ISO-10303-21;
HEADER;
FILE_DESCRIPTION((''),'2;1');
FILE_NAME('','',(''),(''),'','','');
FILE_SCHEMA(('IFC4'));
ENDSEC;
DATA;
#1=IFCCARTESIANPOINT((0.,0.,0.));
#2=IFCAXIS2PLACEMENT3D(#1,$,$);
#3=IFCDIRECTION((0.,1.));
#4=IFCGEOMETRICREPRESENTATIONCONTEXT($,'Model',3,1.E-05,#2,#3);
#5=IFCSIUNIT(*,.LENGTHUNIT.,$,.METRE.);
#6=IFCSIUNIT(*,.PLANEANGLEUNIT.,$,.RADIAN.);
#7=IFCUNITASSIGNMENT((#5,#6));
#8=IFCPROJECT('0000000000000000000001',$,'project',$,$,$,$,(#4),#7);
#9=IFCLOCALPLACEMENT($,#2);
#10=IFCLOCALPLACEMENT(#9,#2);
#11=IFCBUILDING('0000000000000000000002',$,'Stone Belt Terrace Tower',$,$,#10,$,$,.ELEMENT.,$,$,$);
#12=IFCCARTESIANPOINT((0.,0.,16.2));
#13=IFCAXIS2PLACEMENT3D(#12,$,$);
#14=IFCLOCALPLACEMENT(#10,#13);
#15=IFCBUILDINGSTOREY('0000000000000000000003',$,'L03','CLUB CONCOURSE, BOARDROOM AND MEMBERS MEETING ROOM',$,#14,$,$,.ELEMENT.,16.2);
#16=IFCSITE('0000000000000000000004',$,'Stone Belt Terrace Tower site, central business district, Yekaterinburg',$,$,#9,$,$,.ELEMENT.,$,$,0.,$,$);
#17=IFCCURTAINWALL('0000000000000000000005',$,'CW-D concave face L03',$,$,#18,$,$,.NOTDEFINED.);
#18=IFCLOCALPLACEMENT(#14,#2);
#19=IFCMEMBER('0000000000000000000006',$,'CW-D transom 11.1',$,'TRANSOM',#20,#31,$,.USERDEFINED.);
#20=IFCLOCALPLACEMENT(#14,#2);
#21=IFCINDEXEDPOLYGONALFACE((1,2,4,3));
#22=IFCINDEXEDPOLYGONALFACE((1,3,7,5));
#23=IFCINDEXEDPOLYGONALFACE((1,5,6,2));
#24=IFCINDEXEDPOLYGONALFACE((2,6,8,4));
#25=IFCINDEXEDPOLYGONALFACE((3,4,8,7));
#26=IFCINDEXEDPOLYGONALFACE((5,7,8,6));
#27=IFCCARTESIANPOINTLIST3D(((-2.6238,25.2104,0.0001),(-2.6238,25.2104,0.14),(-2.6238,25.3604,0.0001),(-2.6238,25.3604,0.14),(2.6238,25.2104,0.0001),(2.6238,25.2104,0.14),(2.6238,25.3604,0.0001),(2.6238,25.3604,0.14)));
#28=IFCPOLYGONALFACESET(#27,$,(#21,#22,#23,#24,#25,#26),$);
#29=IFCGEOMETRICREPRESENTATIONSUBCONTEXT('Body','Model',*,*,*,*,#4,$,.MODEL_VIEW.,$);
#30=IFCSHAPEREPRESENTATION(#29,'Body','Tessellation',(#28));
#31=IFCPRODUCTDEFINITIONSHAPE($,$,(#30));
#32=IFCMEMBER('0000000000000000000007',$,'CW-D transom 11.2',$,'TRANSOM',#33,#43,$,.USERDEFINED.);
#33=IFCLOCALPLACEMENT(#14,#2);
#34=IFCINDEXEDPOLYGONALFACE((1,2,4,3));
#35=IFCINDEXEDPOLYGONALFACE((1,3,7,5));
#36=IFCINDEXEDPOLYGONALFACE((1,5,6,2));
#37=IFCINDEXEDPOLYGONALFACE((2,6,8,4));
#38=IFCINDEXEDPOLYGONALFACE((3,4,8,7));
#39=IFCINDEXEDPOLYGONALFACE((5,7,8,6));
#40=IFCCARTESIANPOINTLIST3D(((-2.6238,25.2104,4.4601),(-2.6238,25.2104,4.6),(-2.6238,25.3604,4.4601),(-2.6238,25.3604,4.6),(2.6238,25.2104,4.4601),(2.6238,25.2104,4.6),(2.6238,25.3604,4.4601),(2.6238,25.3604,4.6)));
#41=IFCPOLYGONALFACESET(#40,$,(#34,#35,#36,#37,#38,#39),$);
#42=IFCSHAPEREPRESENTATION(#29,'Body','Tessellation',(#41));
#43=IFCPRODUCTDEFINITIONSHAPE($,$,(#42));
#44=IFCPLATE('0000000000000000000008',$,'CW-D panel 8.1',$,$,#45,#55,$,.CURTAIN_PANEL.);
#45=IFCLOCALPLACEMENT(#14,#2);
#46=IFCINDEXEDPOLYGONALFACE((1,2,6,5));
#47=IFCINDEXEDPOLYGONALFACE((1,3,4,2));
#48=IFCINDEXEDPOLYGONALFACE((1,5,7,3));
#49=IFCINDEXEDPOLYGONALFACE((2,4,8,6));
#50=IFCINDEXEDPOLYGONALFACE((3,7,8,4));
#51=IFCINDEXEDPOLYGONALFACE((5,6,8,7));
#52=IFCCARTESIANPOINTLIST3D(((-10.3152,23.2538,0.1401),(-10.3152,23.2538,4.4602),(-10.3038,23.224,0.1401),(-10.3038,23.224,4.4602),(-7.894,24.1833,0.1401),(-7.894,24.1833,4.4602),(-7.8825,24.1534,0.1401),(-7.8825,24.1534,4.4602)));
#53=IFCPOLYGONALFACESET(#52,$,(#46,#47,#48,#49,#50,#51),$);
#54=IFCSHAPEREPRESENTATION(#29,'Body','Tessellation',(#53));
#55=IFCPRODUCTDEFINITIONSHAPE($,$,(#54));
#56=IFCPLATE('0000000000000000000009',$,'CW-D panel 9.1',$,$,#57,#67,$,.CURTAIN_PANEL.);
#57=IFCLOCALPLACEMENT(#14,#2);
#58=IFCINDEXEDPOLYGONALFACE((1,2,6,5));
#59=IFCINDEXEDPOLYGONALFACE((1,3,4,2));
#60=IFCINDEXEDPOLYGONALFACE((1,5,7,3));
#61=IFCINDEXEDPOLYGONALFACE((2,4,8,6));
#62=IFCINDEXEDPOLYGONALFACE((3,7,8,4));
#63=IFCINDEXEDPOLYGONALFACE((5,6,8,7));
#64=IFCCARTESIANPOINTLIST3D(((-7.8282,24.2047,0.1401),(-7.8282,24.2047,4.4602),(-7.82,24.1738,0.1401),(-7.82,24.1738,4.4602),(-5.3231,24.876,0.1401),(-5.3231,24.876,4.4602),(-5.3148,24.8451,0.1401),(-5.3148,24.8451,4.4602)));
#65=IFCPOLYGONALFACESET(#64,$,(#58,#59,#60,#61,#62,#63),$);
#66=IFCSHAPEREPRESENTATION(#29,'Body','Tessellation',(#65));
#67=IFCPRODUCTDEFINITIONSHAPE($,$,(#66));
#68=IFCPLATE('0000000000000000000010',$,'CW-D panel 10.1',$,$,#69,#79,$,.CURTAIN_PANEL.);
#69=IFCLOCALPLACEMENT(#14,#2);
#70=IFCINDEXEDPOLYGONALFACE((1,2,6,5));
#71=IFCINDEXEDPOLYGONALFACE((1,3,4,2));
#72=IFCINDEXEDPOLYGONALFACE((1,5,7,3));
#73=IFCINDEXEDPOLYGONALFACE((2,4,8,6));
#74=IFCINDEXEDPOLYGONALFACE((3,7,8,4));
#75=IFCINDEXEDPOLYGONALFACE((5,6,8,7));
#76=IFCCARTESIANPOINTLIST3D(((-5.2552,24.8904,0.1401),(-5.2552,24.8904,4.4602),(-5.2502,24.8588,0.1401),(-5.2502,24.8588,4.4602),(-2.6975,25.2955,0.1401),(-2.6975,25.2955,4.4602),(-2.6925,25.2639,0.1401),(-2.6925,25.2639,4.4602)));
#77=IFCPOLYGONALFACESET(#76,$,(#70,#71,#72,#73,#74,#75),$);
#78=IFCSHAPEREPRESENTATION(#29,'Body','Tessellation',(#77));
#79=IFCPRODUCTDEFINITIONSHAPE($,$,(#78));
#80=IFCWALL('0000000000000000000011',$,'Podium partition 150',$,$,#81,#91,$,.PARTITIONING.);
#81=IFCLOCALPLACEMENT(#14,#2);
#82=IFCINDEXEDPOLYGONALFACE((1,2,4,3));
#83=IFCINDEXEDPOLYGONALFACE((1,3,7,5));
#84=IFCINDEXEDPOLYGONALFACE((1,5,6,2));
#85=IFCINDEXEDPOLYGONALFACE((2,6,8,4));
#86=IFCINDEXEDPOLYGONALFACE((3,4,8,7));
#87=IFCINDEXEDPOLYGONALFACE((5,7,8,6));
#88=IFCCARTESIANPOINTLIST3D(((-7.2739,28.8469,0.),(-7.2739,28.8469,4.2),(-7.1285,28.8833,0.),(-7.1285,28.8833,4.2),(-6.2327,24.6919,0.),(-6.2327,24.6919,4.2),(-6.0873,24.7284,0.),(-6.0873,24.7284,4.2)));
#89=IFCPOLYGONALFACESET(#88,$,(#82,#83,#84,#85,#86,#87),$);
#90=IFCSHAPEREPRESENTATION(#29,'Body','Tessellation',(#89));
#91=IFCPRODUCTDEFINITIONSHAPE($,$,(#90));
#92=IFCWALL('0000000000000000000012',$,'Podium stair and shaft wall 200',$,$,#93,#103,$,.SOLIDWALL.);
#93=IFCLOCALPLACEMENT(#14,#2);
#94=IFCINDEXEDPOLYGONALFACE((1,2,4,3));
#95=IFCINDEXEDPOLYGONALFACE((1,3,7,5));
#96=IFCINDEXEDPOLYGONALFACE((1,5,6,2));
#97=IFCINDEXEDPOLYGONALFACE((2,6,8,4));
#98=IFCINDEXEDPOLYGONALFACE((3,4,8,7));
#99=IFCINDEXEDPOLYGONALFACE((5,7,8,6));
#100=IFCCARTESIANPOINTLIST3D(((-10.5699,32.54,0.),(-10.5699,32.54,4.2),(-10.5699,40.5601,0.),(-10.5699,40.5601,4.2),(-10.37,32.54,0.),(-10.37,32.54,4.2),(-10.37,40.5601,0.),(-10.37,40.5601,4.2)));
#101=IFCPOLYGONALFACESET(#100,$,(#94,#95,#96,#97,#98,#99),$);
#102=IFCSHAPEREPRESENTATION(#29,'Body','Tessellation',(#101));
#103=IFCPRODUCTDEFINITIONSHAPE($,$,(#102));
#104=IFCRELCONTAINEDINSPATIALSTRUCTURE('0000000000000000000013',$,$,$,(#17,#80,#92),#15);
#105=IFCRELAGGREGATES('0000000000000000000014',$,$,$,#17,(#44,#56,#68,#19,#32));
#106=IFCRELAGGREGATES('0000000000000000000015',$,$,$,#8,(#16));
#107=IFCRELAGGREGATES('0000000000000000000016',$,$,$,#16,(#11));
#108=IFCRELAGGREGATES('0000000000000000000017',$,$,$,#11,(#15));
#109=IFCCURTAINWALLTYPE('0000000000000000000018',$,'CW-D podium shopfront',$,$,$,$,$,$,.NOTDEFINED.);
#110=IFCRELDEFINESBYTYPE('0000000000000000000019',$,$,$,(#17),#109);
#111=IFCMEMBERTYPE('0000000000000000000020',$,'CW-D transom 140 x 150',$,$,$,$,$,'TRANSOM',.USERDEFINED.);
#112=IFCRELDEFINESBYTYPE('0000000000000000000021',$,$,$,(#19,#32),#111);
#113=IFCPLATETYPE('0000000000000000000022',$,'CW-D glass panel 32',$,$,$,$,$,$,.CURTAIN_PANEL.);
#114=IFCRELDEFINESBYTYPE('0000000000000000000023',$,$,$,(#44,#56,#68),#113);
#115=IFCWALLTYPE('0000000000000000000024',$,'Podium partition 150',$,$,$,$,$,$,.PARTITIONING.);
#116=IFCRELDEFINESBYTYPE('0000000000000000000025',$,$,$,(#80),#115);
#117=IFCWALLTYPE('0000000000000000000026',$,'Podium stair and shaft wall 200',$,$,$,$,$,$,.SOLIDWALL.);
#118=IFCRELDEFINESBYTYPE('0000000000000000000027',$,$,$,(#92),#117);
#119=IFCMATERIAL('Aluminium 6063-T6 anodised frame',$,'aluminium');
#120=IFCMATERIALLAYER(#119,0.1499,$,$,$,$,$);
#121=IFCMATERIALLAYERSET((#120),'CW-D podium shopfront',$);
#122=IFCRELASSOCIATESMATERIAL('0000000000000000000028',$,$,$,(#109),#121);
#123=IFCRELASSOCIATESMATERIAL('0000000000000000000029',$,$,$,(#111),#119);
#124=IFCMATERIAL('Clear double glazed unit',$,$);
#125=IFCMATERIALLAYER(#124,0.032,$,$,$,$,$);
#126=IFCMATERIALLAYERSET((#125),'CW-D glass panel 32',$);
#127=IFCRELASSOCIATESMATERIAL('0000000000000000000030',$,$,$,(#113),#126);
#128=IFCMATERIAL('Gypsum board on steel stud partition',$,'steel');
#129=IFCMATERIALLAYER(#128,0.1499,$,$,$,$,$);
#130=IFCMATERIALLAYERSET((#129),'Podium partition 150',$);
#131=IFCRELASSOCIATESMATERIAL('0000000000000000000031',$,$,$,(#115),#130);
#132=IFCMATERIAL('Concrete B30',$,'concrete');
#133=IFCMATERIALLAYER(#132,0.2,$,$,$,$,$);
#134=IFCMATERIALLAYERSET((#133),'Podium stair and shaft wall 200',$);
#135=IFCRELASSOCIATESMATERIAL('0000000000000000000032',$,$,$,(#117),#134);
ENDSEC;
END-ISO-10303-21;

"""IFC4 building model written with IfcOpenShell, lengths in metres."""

from ifc_helpers import new_model, si_unit, direction, frame, frame_2d, origin, origin_2d, place, context, subcontext, project, spatial, rectangle, extrude, material, layer, layer_set, material_profile, profile_set, type_object, element, aggregate, save


model = new_model("IFC4")

# Units and contexts
model_context = context("Model", 3, precision=1e-05, world=origin(), true_north=direction((0.0, 1.0)))
body_context = subcontext(model_context, "Body", "Model", "MODEL_VIEW")
ifc_project = project(units=[si_unit("LENGTHUNIT", "METRE"), si_unit("PLANEANGLEUNIT", "RADIAN")], contexts=[model_context])

# Site, building, storey
site_placement = place(None, origin())
site = spatial("IfcSite", under=ifc_project, at=site_placement, Name="Stone Belt Terrace Tower site, central business district, Yekaterinburg", CompositionType="ELEMENT", RefElevation=0.0)
building_placement = place(site_placement, origin())
building = spatial("IfcBuilding", under=site, at=building_placement, Name="Stone Belt Terrace Tower", CompositionType="ELEMENT")
storey_placement = place(building_placement, frame((0.0, 0.0, 16.2)))
storey = spatial("IfcBuildingStorey", under=building, at=storey_placement, Name="L03", Description="CLUB CONCOURSE, BOARDROOM AND MEMBERS MEETING ROOM", CompositionType="ELEMENT", Elevation=16.2)

# Curtain wall, members, plates
ifc_material_1 = material(Name="Aluminium 6063-T6 anodised frame", Category="aluminium")
ifc_layer_1 = layer(ifc_material_1, 0.1499)
ifc_layer_set_1 = layer_set([ifc_layer_1], Name="CW-D podium shopfront")
curtain_wall_type = type_object("IfcCurtainWallType", Name="CW-D podium shopfront", PredefinedType="NOTDEFINED", material=ifc_layer_set_1)
curtain_wall_placement = place(storey_placement, origin())
curtain_wall = element("IfcCurtainWall", 1, at=curtain_wall_placement, inside=storey, type_object=curtain_wall_type, Name="CW-D concave face L03", PredefinedType="NOTDEFINED")
ifc_material_profile_1 = material_profile(ifc_material_1, rectangle(XDim=0.1499, YDim=0.1399, at=origin_2d()), Name="Aluminium 6063-T6 150x140")
ifc_profile_set_1 = profile_set([ifc_material_profile_1], Name="Aluminium 6063-T6 anodised frame")
member_type_1 = type_object("IfcMemberType", Name="CW-D transom 140 x 150", ElementType="TRANSOM", PredefinedType="USERDEFINED", material=ifc_profile_set_1)
member_1_placement = place(storey_placement, frame((-2.6238, 25.2854, 0.0701), z_axis=(1.0, 0.0, 0.0), x_axis=(0.0, 1.0, 0.0)))
member_1 = element("IfcMember", 2, at=member_1_placement, type_object=member_type_1, Name="CW-D transom 11.1", ObjectType="TRANSOM", PredefinedType="USERDEFINED", context=body_context, shape_type="SweptSolid", body=[
    extrude(rectangle(XDim=0.1499, YDim=0.1399, at=origin_2d()), origin(), (0.0, 0.0, 1.0), 5.2476),
])
member_2_placement = place(storey_placement, frame((-2.6238, 25.2854, 4.53), z_axis=(1.0, 0.0, 0.0), x_axis=(0.0, 1.0, 0.0)))
member_2 = element("IfcMember", 3, at=member_2_placement, type_object=member_type_1, Name="CW-D transom 11.2", ObjectType="TRANSOM", PredefinedType="USERDEFINED", context=body_context, shape_type="SweptSolid", body=[
    extrude(rectangle(XDim=0.1499, YDim=0.1399, at=origin_2d()), origin(), (0.0, 0.0, 1.0), 5.2476),
])
ifc_material_2 = material(Name="Clear double glazed unit")
ifc_layer_2 = layer(ifc_material_2, 0.032)
ifc_layer_set_2 = layer_set([ifc_layer_2], Name="CW-D glass panel 32")
plate_type = type_object("IfcPlateType", Name="CW-D glass panel 32", PredefinedType="CURTAIN_PANEL", material=ifc_layer_set_2)
plate_1_placement = place(storey_placement, frame((-9.0989, 23.7036, 0.1401), z_axis=(0.0, 0.0, 1.0), x_axis=(0.93358, 0.358368, 0.0)))
plate_1 = element("IfcPlate", 4, at=plate_1_placement, type_object=plate_type, Name="CW-D panel 8.1", PredefinedType="CURTAIN_PANEL", context=body_context, shape_type="SweptSolid", body=[
    extrude(rectangle(XDim=2.5935, YDim=0.032, at=origin_2d()), origin(), (0.0, 0.0, 1.0), 4.3201),
])
plate_2_placement = place(storey_placement, frame((-6.5715, 24.5249, 0.1401), z_axis=(0.0, 0.0, 1.0), x_axis=(0.965926, 0.258819, 0.0)))
plate_2 = element("IfcPlate", 5, at=plate_2_placement, type_object=plate_type, Name="CW-D panel 9.1", PredefinedType="CURTAIN_PANEL", context=body_context, shape_type="SweptSolid", body=[
    extrude(rectangle(XDim=2.5935, YDim=0.032, at=origin_2d()), origin(), (0.0, 0.0, 1.0), 4.3201),
])
plate_3_placement = place(storey_placement, frame((-3.9739, 25.0771, 0.1401), z_axis=(0.0, 0.0, 1.0), x_axis=(0.987688, 0.156434, 0.0)))
plate_3 = element("IfcPlate", 6, at=plate_3_placement, type_object=plate_type, Name="CW-D panel 10.1", PredefinedType="CURTAIN_PANEL", context=body_context, shape_type="SweptSolid", body=[
    extrude(rectangle(XDim=2.5896, YDim=0.032, at=origin_2d()), origin(), (0.0, 0.0, 1.0), 4.3201),
])
aggregate(curtain_wall, [plate_1, plate_2, plate_3, member_1, member_2])

# Walls
ifc_material_3 = material(Name="Gypsum board on steel stud partition", Category="steel")
ifc_layer_3 = layer(ifc_material_3, 0.1499)
ifc_layer_set_3 = layer_set([ifc_layer_3], Name="Podium partition 150")
wall_type_1 = type_object("IfcWallType", Name="Podium partition 150", PredefinedType="PARTITIONING", material=ifc_layer_set_3)
wall_1_placement = place(storey_placement, frame((-7.2012, 28.865, 0.0), z_axis=(0.0, 0.0, 1.0), x_axis=(0.243085, -0.970005, 0.0)))
element("IfcWall", 7, at=wall_1_placement, inside=storey, type_object=wall_type_1, Name="Podium partition 150", PredefinedType="PARTITIONING", context=body_context, shape_type="SweptSolid", body=[
    extrude(rectangle(XDim=4.2834, YDim=0.1499, at=frame_2d((2.1416, 0.0))), origin(), (0.0, 0.0, 1.0), 4.2),
])
ifc_material_4 = material(Name="Concrete B30", Category="concrete")
ifc_layer_4 = layer(ifc_material_4, 0.2)
ifc_layer_set_4 = layer_set([ifc_layer_4], Name="Podium stair and shaft wall 200")
wall_type_2 = type_object("IfcWallType", Name="Podium stair and shaft wall 200", PredefinedType="SOLIDWALL", material=ifc_layer_set_4)
wall_2_placement = place(storey_placement, frame((-10.47, 32.54, 0.0), z_axis=(0.0, 0.0, 1.0), x_axis=(0.0, 1.0, 0.0)))
element("IfcWall", 8, at=wall_2_placement, inside=storey, type_object=wall_type_2, Name="Podium stair and shaft wall 200", PredefinedType="SOLIDWALL", context=body_context, shape_type="SweptSolid", body=[
    extrude(rectangle(XDim=8.02, YDim=0.2, at=frame_2d((4.01, 0.0))), origin(), (0.0, 0.0, 1.0), 4.2),
])

save(model, "model.ifc")
